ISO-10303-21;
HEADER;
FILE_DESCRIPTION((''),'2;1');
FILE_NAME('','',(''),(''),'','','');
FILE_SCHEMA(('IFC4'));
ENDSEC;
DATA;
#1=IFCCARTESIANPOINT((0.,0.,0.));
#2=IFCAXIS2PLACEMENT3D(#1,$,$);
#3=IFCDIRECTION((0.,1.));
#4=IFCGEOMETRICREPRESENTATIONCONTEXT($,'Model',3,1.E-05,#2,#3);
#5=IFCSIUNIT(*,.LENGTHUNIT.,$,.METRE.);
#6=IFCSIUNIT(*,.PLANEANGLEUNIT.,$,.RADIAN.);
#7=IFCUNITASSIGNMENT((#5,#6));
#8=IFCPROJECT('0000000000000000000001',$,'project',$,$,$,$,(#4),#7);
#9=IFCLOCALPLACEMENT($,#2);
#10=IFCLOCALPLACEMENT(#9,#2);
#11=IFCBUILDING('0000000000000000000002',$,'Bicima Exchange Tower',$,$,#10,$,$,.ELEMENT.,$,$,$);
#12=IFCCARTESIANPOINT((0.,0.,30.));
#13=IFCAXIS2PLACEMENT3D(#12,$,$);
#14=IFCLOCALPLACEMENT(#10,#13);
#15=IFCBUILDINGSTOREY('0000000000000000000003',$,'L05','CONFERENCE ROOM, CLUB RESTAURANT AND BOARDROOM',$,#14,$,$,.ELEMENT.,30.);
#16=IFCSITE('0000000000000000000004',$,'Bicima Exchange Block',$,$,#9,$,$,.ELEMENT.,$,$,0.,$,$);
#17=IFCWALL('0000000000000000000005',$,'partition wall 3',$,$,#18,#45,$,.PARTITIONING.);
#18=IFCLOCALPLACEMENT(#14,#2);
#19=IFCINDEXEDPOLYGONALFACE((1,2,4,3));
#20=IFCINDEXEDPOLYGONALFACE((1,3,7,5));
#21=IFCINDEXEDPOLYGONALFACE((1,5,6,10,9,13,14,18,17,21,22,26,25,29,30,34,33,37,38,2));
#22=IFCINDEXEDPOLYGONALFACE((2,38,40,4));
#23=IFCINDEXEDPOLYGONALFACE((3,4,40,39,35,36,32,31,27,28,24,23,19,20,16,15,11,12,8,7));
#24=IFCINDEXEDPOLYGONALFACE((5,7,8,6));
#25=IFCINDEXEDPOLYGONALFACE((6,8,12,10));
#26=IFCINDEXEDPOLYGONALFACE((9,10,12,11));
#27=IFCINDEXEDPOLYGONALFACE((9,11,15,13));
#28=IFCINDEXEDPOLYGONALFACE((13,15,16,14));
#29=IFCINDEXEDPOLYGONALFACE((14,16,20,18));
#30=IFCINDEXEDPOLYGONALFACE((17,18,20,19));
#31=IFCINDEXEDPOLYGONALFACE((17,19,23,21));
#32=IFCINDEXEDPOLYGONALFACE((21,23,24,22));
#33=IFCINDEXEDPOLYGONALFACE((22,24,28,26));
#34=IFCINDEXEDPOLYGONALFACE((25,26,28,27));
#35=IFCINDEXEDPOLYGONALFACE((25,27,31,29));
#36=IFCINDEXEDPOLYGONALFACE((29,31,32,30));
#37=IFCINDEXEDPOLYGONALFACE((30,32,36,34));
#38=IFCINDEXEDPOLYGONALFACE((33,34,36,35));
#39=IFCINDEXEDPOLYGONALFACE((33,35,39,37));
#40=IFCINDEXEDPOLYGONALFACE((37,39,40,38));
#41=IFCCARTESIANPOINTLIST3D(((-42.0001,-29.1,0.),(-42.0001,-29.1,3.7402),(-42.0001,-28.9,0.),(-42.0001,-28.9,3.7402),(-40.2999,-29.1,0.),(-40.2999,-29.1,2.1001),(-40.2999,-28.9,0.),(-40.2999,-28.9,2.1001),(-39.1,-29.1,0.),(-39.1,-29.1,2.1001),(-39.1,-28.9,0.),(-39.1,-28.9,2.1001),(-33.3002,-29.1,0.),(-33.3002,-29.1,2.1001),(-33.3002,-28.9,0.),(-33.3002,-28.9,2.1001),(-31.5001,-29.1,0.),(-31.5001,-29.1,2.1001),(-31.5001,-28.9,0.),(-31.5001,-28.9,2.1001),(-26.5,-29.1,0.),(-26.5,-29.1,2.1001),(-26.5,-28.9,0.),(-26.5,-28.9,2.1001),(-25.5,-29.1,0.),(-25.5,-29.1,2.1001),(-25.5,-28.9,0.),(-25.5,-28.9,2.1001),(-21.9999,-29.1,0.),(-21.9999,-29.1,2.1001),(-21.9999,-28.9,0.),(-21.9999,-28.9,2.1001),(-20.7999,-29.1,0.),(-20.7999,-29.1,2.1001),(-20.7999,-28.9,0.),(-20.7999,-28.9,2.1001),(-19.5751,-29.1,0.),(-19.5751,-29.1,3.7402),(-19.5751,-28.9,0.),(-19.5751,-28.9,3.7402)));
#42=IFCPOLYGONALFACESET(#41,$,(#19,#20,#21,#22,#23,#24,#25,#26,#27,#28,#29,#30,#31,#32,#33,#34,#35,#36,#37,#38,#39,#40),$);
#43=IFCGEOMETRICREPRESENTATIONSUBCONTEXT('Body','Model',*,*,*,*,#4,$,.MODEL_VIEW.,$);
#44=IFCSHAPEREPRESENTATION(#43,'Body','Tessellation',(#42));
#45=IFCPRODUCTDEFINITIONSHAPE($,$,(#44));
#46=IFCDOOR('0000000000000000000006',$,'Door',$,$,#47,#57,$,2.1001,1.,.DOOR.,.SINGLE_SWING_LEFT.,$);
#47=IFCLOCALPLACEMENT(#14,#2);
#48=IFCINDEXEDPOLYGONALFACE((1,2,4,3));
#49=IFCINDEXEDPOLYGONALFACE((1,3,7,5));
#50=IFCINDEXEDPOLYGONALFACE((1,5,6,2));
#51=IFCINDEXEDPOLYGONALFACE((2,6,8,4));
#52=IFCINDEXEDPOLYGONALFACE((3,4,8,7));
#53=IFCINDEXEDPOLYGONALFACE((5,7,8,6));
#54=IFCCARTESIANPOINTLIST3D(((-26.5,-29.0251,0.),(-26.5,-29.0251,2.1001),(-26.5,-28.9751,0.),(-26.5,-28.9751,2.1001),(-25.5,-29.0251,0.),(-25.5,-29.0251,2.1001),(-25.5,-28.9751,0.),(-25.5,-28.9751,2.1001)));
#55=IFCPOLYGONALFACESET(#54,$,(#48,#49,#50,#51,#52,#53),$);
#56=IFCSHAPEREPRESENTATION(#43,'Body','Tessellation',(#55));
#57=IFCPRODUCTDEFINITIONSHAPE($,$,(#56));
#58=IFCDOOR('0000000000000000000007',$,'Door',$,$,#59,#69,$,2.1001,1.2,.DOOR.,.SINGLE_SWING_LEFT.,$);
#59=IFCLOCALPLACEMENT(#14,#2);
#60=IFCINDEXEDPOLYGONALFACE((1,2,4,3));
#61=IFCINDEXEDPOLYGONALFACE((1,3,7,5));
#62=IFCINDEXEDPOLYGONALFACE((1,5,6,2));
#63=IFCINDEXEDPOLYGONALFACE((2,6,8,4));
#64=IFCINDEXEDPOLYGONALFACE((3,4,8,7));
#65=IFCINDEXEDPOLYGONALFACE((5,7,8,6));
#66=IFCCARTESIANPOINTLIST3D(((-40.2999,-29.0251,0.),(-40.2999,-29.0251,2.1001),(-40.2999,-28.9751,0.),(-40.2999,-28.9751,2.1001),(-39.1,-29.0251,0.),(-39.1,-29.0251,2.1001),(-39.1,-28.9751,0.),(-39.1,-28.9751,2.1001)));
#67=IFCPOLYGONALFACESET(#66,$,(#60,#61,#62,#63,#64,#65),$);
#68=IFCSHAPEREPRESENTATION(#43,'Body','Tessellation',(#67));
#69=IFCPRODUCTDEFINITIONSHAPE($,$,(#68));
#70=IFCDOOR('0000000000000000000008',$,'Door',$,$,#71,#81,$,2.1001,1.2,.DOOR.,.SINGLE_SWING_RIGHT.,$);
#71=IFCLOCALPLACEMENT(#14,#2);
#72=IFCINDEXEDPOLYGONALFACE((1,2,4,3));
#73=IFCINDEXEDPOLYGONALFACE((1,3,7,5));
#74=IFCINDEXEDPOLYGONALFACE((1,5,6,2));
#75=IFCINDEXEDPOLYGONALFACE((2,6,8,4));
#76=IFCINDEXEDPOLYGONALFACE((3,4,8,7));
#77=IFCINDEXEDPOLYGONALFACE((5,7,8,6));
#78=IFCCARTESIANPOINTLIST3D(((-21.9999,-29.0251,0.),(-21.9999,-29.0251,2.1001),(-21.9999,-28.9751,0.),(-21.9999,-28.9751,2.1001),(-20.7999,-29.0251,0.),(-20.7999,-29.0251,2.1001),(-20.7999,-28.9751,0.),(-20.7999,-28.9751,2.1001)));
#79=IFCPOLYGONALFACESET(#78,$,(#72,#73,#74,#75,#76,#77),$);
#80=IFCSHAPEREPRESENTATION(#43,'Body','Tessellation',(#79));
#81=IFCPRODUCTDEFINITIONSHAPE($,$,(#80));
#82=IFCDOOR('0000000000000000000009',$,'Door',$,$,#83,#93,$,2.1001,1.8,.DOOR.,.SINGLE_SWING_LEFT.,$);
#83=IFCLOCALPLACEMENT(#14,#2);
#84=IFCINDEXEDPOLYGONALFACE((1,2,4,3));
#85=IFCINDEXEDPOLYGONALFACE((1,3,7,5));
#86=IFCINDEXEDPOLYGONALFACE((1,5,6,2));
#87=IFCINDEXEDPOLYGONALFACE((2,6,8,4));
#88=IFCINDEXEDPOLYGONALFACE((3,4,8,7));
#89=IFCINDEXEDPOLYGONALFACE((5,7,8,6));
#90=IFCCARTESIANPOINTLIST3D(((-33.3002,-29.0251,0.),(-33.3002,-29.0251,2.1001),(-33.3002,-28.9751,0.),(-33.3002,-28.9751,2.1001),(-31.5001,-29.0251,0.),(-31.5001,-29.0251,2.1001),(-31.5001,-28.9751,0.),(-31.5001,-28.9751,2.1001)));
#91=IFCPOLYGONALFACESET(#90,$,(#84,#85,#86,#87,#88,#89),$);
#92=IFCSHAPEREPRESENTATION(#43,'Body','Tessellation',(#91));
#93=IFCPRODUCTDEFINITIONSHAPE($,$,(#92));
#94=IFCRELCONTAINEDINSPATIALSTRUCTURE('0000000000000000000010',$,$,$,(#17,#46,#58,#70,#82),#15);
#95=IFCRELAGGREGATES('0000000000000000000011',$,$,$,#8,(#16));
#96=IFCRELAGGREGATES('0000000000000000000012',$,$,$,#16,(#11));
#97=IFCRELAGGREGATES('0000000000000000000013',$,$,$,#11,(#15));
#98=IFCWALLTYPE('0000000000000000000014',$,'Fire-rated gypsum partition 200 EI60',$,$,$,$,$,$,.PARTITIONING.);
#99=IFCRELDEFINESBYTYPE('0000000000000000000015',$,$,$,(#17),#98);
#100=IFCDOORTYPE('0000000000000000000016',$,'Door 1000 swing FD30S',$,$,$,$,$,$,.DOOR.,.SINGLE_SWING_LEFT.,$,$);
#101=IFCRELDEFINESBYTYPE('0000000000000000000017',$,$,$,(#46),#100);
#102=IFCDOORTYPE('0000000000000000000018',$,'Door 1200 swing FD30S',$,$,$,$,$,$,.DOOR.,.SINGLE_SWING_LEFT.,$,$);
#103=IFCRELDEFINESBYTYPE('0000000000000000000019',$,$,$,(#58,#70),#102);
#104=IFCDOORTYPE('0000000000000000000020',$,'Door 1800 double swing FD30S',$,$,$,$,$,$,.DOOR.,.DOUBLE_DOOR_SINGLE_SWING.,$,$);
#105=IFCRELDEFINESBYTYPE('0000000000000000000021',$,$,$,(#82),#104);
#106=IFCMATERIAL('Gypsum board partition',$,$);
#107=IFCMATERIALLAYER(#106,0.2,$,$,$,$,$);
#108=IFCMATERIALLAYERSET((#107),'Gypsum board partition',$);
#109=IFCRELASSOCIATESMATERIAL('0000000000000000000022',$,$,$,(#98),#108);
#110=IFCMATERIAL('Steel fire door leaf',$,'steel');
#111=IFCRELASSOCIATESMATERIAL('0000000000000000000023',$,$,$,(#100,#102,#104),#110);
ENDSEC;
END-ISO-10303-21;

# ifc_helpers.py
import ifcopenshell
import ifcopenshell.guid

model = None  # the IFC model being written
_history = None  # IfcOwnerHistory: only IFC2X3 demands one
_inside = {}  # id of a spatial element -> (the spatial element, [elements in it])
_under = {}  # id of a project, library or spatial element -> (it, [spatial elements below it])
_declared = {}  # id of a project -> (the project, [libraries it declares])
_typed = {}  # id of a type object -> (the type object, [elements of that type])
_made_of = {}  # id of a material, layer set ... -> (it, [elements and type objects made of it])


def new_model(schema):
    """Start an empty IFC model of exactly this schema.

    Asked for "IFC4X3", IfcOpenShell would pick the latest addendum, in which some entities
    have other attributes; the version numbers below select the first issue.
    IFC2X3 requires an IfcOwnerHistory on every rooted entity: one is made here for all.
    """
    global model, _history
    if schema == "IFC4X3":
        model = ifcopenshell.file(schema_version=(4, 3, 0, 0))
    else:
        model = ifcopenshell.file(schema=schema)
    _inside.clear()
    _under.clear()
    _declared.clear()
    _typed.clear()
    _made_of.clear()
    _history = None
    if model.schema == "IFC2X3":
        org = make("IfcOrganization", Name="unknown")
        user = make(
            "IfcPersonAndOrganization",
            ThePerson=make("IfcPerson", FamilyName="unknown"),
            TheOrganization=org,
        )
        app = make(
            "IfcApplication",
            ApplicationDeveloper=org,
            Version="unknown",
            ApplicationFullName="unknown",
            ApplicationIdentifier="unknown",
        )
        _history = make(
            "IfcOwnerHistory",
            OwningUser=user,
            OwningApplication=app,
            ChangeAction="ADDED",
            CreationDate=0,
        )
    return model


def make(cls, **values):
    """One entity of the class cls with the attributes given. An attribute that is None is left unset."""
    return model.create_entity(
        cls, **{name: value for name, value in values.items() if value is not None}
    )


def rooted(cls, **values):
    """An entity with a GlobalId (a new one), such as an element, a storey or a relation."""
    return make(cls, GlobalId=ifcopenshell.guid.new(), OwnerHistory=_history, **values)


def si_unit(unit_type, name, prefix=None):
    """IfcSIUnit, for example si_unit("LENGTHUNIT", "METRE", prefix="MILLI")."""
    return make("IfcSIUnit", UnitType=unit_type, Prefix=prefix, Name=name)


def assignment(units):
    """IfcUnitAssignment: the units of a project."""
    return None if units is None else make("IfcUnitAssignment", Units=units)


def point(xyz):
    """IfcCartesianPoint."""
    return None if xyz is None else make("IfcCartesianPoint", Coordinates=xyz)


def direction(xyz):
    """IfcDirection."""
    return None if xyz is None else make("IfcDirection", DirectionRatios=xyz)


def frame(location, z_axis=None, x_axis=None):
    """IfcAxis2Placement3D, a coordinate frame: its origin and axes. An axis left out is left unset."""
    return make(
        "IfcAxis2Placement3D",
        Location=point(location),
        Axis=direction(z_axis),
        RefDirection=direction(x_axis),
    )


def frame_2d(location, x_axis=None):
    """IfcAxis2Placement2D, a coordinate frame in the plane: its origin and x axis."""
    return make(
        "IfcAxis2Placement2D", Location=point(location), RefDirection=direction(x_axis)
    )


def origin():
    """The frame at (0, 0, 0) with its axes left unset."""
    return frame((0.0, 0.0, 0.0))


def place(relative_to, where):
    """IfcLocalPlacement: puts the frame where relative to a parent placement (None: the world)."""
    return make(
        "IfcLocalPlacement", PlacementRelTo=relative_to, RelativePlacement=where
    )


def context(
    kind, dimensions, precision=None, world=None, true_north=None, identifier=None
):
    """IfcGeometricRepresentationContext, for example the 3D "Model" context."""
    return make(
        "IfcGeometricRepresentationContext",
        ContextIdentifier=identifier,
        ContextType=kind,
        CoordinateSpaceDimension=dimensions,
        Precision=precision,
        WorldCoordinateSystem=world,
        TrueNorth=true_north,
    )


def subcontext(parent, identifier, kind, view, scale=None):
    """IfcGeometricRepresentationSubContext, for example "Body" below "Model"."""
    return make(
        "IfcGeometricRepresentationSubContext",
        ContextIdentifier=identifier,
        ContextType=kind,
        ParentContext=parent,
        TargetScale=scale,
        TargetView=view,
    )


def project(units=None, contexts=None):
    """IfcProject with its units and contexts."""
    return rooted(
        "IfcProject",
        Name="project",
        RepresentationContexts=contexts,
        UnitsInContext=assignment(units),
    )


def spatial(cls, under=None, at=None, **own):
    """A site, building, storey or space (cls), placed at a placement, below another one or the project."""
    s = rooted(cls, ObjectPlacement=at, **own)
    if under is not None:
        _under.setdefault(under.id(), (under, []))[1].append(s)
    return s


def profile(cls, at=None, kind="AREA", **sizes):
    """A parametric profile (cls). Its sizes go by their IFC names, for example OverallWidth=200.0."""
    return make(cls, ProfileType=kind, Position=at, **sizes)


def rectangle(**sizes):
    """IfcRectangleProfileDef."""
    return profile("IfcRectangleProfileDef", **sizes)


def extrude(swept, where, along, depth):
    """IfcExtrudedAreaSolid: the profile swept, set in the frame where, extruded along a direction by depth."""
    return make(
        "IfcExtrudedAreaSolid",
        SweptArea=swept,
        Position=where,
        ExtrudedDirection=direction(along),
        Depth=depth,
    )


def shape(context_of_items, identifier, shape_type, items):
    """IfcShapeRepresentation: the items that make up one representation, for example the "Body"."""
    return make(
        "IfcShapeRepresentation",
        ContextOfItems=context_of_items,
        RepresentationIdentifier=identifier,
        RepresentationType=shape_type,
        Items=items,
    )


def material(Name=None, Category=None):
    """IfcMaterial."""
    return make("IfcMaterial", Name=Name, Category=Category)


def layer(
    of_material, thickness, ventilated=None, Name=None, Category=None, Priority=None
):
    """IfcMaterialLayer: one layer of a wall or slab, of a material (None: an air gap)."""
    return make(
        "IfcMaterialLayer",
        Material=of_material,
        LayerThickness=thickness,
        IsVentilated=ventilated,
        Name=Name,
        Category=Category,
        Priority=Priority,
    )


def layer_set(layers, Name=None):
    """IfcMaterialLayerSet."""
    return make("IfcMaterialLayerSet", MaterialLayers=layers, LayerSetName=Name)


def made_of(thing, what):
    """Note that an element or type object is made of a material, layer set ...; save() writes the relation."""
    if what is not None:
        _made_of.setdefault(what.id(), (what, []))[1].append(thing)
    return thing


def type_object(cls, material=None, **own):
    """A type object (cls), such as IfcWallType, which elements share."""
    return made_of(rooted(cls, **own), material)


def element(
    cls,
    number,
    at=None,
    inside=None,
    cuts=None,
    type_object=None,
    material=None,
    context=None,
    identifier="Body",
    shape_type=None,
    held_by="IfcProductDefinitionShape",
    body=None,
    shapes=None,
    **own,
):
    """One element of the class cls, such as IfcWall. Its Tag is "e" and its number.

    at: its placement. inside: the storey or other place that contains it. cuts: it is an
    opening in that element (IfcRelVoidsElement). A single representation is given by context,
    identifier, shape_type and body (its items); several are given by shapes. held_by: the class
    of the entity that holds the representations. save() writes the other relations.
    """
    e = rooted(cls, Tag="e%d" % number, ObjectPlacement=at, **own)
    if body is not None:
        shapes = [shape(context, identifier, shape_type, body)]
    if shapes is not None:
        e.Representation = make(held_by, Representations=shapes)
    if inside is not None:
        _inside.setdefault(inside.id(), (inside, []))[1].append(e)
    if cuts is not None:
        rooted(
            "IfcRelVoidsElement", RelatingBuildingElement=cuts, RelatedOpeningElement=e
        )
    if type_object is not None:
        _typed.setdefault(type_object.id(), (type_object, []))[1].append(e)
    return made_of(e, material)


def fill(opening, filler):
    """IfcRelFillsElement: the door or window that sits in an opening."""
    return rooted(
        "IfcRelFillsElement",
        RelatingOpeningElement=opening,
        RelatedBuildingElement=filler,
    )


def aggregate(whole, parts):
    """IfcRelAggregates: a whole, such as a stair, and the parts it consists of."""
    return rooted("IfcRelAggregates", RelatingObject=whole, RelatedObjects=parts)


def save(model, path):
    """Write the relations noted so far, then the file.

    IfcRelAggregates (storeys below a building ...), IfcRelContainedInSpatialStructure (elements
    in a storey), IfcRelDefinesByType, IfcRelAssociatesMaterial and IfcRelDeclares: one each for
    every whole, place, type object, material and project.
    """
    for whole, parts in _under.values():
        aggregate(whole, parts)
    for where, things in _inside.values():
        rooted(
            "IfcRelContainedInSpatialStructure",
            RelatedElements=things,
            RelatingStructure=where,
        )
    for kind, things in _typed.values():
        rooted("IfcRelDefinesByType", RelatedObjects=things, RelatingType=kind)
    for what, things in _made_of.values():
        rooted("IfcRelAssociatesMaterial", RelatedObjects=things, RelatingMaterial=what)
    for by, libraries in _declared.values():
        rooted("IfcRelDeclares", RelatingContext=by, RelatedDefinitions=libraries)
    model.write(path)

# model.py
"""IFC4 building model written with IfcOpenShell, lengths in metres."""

from ifc_helpers import new_model, si_unit, direction, frame, frame_2d, origin, place, context, subcontext, project, spatial, rectangle, extrude, material, layer, layer_set, type_object, element, fill, save


model = new_model("IFC4")

# Units and contexts
model_context = context("Model", 3, precision=1e-05, world=origin(), true_north=direction((0.0, 1.0)))
body_context = subcontext(model_context, "Body", "Model", "MODEL_VIEW")
ifc_project = project(units=[si_unit("LENGTHUNIT", "METRE"), si_unit("PLANEANGLEUNIT", "RADIAN")], contexts=[model_context])

# Site, building, storey
site_placement = place(None, origin())
site = spatial("IfcSite", under=ifc_project, at=site_placement, Name="Bicima Exchange Block", CompositionType="ELEMENT", RefElevation=0.0)
building_placement = place(site_placement, origin())
building = spatial("IfcBuilding", under=site, at=building_placement, Name="Bicima Exchange Tower", CompositionType="ELEMENT")
storey_placement = place(building_placement, frame((0.0, 0.0, 30.0)))
storey = spatial("IfcBuildingStorey", under=building, at=storey_placement, Name="L05", Description="CONFERENCE ROOM, CLUB RESTAURANT AND BOARDROOM", CompositionType="ELEMENT", Elevation=30.0)

# Wall, openings, doors
ifc_material_1 = material(Name="Gypsum board partition")
ifc_layer_1 = layer(ifc_material_1, 0.2)
ifc_layer_set_1 = layer_set([ifc_layer_1], Name="Gypsum board partition")
wall_type = type_object("IfcWallType", Name="Fire-rated gypsum partition 200 EI60", PredefinedType="PARTITIONING", material=ifc_layer_set_1)
ifc_material_2 = material(Name="Steel fire door leaf", Category="steel")
door_type_1 = type_object("IfcDoorType", Name="Door 1000 swing FD30S", OperationType="SINGLE_SWING_LEFT", PredefinedType="DOOR", material=ifc_material_2)
wall_1_placement = place(storey_placement, frame((-42.0, -29.0, 0.0), z_axis=(0.0, 0.0, 1.0), x_axis=(1.0, 0.0, 0.0)))
wall_1 = element("IfcWall", 1, at=wall_1_placement, inside=storey, type_object=wall_type, Name="partition wall 3", PredefinedType="PARTITIONING", context=body_context, shape_type="SweptSolid", body=[
    extrude(rectangle(XDim=22.425, YDim=0.2, at=frame_2d((11.2124, 0.0))), origin(), (0.0, 0.0, 1.0), 3.7402),
])
opening_1_placement = place(wall_1_placement, frame((1.7, 0.0, 0.0)))
opening_1 = element("IfcOpeningElement", 2, at=opening_1_placement, cuts=wall_1, PredefinedType="OPENING", context=body_context, shape_type="SweptSolid", body=[
    extrude(rectangle(XDim=1.2, YDim=2.1001, at=frame_2d((0.6001, 1.05))), frame((0.0, 0.1118, 0.0), z_axis=(0.0, -1.0, 0.0), x_axis=(1.0, 0.0, 0.0)), (0.0, 0.0, 1.0), 0.2239),
])
opening_2_placement = place(wall_1_placement, frame((20.0, 0.0, 0.0)))
opening_2 = element("IfcOpeningElement", 3, at=opening_2_placement, cuts=wall_1, PredefinedType="OPENING", context=body_context, shape_type="SweptSolid", body=[
    extrude(rectangle(XDim=1.2, YDim=2.1001, at=frame_2d((0.6001, 1.05))), frame((0.0, 0.1118, 0.0), z_axis=(0.0, -1.0, 0.0), x_axis=(1.0, 0.0, 0.0)), (0.0, 0.0, 1.0), 0.2239),
])
opening_3_placement = place(wall_1_placement, frame((8.7, 0.0, 0.0)))
opening_3 = element("IfcOpeningElement", 4, at=opening_3_placement, cuts=wall_1, PredefinedType="OPENING", context=body_context, shape_type="SweptSolid", body=[
    extrude(rectangle(XDim=1.8, YDim=2.1001, at=frame_2d((0.8999, 1.05))), frame((0.0, 0.1118, 0.0), z_axis=(0.0, -1.0, 0.0), x_axis=(1.0, 0.0, 0.0)), (0.0, 0.0, 1.0), 0.2239),
])
opening_4_placement = place(wall_1_placement, frame((15.5, 0.0, 0.0)))
opening_4 = element("IfcOpeningElement", 5, at=opening_4_placement, cuts=wall_1, PredefinedType="OPENING", context=body_context, shape_type="SweptSolid", body=[
    extrude(rectangle(XDim=1.0, YDim=2.1001, at=frame_2d((0.5, 1.05))), frame((0.0, 0.1118, 0.0), z_axis=(0.0, -1.0, 0.0), x_axis=(1.0, 0.0, 0.0)), (0.0, 0.0, 1.0), 0.2239),
])
door_1_placement = place(opening_4_placement, origin())
door_1 = element("IfcDoor", 6, at=door_1_placement, inside=storey, type_object=door_type_1, Name="Door", OperationType="SINGLE_SWING_LEFT", OverallHeight=2.1001, OverallWidth=1.0, PredefinedType="DOOR", context=body_context, shape_type="SweptSolid", body=[
    extrude(rectangle(XDim=1.0, YDim=2.1001, at=frame_2d((0.5, 1.05))), frame((0.0, 0.0249, 0.0), z_axis=(0.0, -1.0, 0.0), x_axis=(1.0, 0.0, 0.0)), (0.0, 0.0, 1.0), 0.05),
])
fill(opening_4, door_1)
door_type_2 = type_object("IfcDoorType", Name="Door 1200 swing FD30S", OperationType="SINGLE_SWING_LEFT", PredefinedType="DOOR", material=ifc_material_2)
door_2_placement = place(opening_1_placement, origin())
door_2 = element("IfcDoor", 7, at=door_2_placement, inside=storey, type_object=door_type_2, Name="Door", OperationType="SINGLE_SWING_LEFT", OverallHeight=2.1001, OverallWidth=1.2, PredefinedType="DOOR", context=body_context, shape_type="SweptSolid", body=[
    extrude(rectangle(XDim=1.2, YDim=2.1001, at=frame_2d((0.6001, 1.05))), frame((0.0, 0.0249, 0.0), z_axis=(0.0, -1.0, 0.0), x_axis=(1.0, 0.0, 0.0)), (0.0, 0.0, 1.0), 0.05),
])
fill(opening_1, door_2)
door_3_placement = place(opening_2_placement, origin())
door_3 = element("IfcDoor", 8, at=door_3_placement, inside=storey, type_object=door_type_2, Name="Door", OperationType="SINGLE_SWING_RIGHT", OverallHeight=2.1001, OverallWidth=1.2, PredefinedType="DOOR", context=body_context, shape_type="SweptSolid", body=[
    extrude(rectangle(XDim=1.2, YDim=2.1001, at=frame_2d((0.6001, 1.05))), frame((0.0, 0.0249, 0.0), z_axis=(0.0, -1.0, 0.0), x_axis=(1.0, 0.0, 0.0)), (0.0, 0.0, 1.0), 0.05),
])
fill(opening_2, door_3)
door_type_3 = type_object("IfcDoorType", Name="Door 1800 double swing FD30S", OperationType="DOUBLE_DOOR_SINGLE_SWING", PredefinedType="DOOR", material=ifc_material_2)
door_4_placement = place(opening_3_placement, origin())
door_4 = element("IfcDoor", 9, at=door_4_placement, inside=storey, type_object=door_type_3, Name="Door", OperationType="SINGLE_SWING_LEFT", OverallHeight=2.1001, OverallWidth=1.8, PredefinedType="DOOR", context=body_context, shape_type="SweptSolid", body=[
    extrude(rectangle(XDim=1.8, YDim=2.1001, at=frame_2d((0.8999, 1.05))), frame((0.0, 0.0249, 0.0), z_axis=(0.0, -1.0, 0.0), x_axis=(1.0, 0.0, 0.0)), (0.0, 0.0, 1.0), 0.05),
])
fill(opening_3, door_4)

save(model, "model.ifc")
